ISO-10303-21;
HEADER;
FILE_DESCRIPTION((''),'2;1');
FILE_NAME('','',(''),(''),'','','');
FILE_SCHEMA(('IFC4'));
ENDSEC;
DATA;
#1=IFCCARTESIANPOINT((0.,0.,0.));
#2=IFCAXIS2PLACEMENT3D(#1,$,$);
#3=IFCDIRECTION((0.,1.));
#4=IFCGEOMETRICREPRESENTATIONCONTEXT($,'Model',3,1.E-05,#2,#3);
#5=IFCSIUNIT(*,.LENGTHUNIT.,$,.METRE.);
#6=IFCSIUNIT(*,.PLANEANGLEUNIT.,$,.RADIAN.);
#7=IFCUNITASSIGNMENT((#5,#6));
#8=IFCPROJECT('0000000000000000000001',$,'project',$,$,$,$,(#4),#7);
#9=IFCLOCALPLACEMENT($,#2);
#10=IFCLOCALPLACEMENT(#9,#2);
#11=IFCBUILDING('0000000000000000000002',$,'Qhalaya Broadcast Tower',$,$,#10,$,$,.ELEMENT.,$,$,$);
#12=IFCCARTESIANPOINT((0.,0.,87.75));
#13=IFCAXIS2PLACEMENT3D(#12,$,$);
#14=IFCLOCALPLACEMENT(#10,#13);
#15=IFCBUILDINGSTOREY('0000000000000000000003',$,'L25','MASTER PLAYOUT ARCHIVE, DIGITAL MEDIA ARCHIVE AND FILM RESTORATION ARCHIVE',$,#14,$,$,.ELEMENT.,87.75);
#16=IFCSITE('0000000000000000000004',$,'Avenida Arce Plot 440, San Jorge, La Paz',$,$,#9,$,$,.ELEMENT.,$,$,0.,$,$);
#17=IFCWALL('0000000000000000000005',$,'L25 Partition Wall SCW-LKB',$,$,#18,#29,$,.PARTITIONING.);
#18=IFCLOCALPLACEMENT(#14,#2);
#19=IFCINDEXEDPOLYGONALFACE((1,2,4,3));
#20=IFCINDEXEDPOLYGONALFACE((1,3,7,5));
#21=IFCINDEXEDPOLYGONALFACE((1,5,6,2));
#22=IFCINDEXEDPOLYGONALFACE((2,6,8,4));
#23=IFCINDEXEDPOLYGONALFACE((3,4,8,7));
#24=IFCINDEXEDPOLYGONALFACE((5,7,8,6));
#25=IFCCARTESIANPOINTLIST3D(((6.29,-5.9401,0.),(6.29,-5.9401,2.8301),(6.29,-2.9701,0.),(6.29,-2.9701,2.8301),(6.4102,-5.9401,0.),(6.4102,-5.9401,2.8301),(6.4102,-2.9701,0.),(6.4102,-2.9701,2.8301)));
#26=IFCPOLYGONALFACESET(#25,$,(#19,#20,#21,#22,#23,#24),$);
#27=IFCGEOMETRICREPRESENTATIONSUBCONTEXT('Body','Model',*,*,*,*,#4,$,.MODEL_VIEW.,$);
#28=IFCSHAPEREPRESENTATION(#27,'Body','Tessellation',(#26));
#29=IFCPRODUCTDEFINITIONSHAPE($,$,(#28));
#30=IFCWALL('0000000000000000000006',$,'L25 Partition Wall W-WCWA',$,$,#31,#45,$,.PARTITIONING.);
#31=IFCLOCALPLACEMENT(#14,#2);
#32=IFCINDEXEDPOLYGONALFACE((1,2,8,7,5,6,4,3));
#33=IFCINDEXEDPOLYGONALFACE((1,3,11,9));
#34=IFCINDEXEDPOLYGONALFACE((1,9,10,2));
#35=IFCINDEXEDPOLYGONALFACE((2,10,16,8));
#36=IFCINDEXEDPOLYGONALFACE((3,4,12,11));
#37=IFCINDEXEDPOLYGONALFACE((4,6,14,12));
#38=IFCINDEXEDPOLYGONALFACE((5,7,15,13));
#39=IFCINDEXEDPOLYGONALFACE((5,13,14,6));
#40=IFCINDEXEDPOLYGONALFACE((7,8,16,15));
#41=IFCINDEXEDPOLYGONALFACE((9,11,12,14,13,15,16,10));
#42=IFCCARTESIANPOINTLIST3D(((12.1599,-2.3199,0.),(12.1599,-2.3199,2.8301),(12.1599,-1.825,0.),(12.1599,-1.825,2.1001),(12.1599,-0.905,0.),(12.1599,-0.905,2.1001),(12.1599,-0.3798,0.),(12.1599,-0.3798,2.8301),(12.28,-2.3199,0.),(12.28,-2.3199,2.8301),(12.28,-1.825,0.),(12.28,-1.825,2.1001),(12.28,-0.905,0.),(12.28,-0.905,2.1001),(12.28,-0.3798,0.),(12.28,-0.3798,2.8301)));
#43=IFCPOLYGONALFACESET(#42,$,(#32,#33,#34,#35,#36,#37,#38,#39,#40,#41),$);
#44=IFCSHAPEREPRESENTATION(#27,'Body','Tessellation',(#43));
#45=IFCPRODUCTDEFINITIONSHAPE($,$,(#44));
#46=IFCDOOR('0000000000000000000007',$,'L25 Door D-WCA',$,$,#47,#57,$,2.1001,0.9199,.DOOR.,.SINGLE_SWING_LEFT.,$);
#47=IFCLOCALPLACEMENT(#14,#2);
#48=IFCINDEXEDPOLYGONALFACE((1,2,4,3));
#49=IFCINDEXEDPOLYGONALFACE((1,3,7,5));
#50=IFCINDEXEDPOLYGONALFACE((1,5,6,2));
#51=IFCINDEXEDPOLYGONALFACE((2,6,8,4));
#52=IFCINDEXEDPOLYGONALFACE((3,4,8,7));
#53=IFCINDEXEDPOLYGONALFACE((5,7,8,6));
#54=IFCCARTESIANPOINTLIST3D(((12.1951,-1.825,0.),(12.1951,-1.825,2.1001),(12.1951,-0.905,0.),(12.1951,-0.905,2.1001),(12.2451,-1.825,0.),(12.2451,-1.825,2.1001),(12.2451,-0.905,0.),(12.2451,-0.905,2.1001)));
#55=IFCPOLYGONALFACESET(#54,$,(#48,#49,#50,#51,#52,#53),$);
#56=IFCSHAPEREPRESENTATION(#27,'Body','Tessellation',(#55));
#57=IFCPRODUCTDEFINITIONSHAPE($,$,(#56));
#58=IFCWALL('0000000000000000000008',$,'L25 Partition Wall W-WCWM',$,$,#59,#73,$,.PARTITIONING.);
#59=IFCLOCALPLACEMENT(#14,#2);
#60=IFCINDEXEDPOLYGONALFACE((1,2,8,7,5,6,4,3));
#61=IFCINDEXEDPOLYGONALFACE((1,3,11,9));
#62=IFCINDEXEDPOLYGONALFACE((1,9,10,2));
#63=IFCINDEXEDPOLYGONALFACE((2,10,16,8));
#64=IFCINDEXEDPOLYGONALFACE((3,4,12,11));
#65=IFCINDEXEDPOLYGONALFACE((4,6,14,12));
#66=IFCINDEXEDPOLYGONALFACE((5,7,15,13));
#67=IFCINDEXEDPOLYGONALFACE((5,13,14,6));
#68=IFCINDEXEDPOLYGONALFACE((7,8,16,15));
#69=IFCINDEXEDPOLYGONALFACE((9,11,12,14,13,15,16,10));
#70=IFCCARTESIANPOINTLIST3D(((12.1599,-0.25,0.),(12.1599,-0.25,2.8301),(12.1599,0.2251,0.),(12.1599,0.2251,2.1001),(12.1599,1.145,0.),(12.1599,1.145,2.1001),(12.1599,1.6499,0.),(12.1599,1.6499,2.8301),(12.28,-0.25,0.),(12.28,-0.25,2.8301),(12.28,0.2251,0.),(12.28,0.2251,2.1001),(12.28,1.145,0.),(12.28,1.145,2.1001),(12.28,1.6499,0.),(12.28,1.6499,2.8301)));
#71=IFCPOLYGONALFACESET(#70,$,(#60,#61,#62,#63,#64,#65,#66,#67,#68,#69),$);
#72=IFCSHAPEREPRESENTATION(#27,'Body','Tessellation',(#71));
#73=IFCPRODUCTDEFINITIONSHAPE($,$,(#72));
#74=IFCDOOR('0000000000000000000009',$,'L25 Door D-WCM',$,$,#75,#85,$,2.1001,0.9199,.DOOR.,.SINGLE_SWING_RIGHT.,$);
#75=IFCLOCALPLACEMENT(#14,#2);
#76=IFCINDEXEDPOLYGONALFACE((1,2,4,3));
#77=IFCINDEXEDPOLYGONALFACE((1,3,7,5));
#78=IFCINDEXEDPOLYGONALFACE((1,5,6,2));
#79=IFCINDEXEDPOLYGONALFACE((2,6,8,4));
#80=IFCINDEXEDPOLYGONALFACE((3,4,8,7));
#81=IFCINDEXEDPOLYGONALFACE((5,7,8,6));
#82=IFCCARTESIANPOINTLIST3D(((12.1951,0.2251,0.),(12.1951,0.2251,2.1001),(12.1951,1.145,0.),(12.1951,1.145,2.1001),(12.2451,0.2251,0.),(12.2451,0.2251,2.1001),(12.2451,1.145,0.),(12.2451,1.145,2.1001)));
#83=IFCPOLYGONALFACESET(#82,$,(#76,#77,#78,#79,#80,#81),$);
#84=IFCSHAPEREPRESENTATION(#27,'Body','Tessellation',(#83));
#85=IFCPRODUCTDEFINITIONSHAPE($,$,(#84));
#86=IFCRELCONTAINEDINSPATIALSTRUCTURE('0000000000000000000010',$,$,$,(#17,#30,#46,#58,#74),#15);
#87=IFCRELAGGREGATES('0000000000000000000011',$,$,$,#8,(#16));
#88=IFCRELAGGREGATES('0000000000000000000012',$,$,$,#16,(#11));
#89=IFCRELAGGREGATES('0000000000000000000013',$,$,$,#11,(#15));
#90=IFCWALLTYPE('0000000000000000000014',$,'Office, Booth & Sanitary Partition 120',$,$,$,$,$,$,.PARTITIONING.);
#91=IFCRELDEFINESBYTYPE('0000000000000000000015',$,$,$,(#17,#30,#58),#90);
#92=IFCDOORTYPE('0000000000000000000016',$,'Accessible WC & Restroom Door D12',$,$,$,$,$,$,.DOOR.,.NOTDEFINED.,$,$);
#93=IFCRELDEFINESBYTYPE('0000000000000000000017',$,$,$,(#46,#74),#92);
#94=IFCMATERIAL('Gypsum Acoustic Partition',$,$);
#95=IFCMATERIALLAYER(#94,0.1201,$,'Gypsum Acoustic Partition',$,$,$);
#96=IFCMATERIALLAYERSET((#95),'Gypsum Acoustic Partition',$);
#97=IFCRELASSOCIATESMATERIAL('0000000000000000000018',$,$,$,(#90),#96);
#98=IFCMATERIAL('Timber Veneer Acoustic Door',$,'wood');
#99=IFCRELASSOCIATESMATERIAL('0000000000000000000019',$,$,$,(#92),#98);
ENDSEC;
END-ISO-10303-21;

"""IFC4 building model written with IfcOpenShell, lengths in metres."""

from ifc_helpers import new_model, si_unit, direction, frame, frame_2d, origin, place, context, subcontext, project, spatial, rectangle, extrude, material, layer, layer_set, type_object, element, fill, save


model = new_model("IFC4")

# Units and contexts
model_context = context("Model", 3, precision=1e-05, world=origin(), true_north=direction((0.0, 1.0)))
body_context = subcontext(model_context, "Body", "Model", "MODEL_VIEW")
ifc_project = project(units=[si_unit("LENGTHUNIT", "METRE"), si_unit("PLANEANGLEUNIT", "RADIAN")], contexts=[model_context])

# Site, building, storey
site_placement = place(None, origin())
site = spatial("IfcSite", under=ifc_project, at=site_placement, Name="Avenida Arce Plot 440, San Jorge, La Paz", CompositionType="ELEMENT", RefElevation=0.0)
building_placement = place(site_placement, origin())
building = spatial("IfcBuilding", under=site, at=building_placement, Name="Qhalaya Broadcast Tower", CompositionType="ELEMENT")
storey_placement = place(building_placement, frame((0.0, 0.0, 87.75)))
storey = spatial("IfcBuildingStorey", under=building, at=storey_placement, Name="L25", Description="MASTER PLAYOUT ARCHIVE, DIGITAL MEDIA ARCHIVE AND FILM RESTORATION ARCHIVE", CompositionType="ELEMENT", Elevation=87.75)

# Shared definitions
ifc_material_1 = material(Name="Gypsum Acoustic Partition")
ifc_material_2 = material(Name="Timber Veneer Acoustic Door", Category="wood")

# Wall
ifc_layer_1 = layer(ifc_material_1, 0.1201, Name="Gypsum Acoustic Partition")
ifc_layer_set_1 = layer_set([ifc_layer_1], Name="Gypsum Acoustic Partition")
wall_type_1 = type_object("IfcWallType", Name="Office, Booth & Sanitary Partition 120", PredefinedType="PARTITIONING", material=ifc_layer_set_1)
wall_1_placement = place(storey_placement, frame((6.3501, -5.9399, 0.0), z_axis=(0.0, 0.0, 1.0), x_axis=(0.0, 1.0, 0.0)))
element("IfcWall", 1, at=wall_1_placement, inside=storey, type_object=wall_type_1, Name="L25 Partition Wall SCW-LKB", PredefinedType="PARTITIONING", context=body_context, shape_type="SweptSolid", body=[
    extrude(rectangle(XDim=2.97, YDim=0.1201, at=frame_2d((1.4849, 0.0))), origin(), (0.0, 0.0, 1.0), 2.8301),
])

# Walls, openings, doors
wall_2_placement = place(storey_placement, frame((12.22, -2.3201, 0.0), z_axis=(0.0, 0.0, 1.0), x_axis=(0.0, 1.0, 0.0)))
wall_2 = element("IfcWall", 2, at=wall_2_placement, inside=storey, type_object=wall_type_1, Name="L25 Partition Wall W-WCWA", PredefinedType="PARTITIONING", context=body_context, shape_type="SweptSolid", body=[
    extrude(rectangle(XDim=1.9402, YDim=0.1201, at=frame_2d((0.9702, 0.0))), origin(), (0.0, 0.0, 1.0), 2.8301),
])
opening_1_placement = place(wall_2_placement, frame((0.4951, 0.0, 0.0)))
opening_1 = element("IfcOpeningElement", 3, at=opening_1_placement, cuts=wall_2, PredefinedType="OPENING", context=body_context, shape_type="SweptSolid", body=[
    extrude(rectangle(XDim=0.9199, YDim=2.1001, at=frame_2d((0.46, 1.05))), frame((0.0, 0.072, 0.0), z_axis=(0.0, -1.0, 0.0), x_axis=(1.0, 0.0, 0.0)), (0.0, 0.0, 1.0), 0.144),
])
door_type_1 = type_object("IfcDoorType", Name="Accessible WC & Restroom Door D12", OperationType="NOTDEFINED", PredefinedType="DOOR", material=ifc_material_2)
door_1_placement = place(opening_1_placement, origin())
door_1 = element("IfcDoor", 4, at=door_1_placement, inside=storey, type_object=door_type_1, Name="L25 Door D-WCA", OperationType="SINGLE_SWING_LEFT", OverallHeight=2.1001, OverallWidth=0.9199, PredefinedType="DOOR", context=body_context, shape_type="SweptSolid", body=[
    extrude(rectangle(XDim=0.9199, YDim=2.1001, at=frame_2d((0.46, 1.05))), frame((0.0, 0.0249, 0.0), z_axis=(0.0, -1.0, 0.0), x_axis=(1.0, 0.0, 0.0)), (0.0, 0.0, 1.0), 0.05),
])
fill(opening_1, door_1)
wall_3_placement = place(storey_placement, frame((12.22, -0.25, 0.0), z_axis=(0.0, 0.0, 1.0), x_axis=(0.0, 1.0, 0.0)))
wall_3 = element("IfcWall", 5, at=wall_3_placement, inside=storey, type_object=wall_type_1, Name="L25 Partition Wall W-WCWM", PredefinedType="PARTITIONING", context=body_context, shape_type="SweptSolid", body=[
    extrude(rectangle(XDim=1.8999, YDim=0.1201, at=frame_2d((0.95, 0.0))), origin(), (0.0, 0.0, 1.0), 2.8301),
])
opening_2_placement = place(wall_3_placement, frame((0.4751, 0.0, 0.0)))
opening_2 = element("IfcOpeningElement", 6, at=opening_2_placement, cuts=wall_3, PredefinedType="OPENING", context=body_context, shape_type="SweptSolid", body=[
    extrude(rectangle(XDim=0.9199, YDim=2.1001, at=frame_2d((0.46, 1.05))), frame((0.0, 0.072, 0.0), z_axis=(0.0, -1.0, 0.0), x_axis=(1.0, 0.0, 0.0)), (0.0, 0.0, 1.0), 0.144),
])
door_2_placement = place(opening_2_placement, origin())
door_2 = element("IfcDoor", 7, at=door_2_placement, inside=storey, type_object=door_type_1, Name="L25 Door D-WCM", OperationType="SINGLE_SWING_RIGHT", OverallHeight=2.1001, OverallWidth=0.9199, PredefinedType="DOOR", context=body_context, shape_type="SweptSolid", body=[
    extrude(rectangle(XDim=0.9199, YDim=2.1001, at=frame_2d((0.46, 1.05))), frame((0.0, 0.0249, 0.0), z_axis=(0.0, -1.0, 0.0), x_axis=(1.0, 0.0, 0.0)), (0.0, 0.0, 1.0), 0.05),
])
fill(opening_2, door_2)

save(model, "model.ifc")
